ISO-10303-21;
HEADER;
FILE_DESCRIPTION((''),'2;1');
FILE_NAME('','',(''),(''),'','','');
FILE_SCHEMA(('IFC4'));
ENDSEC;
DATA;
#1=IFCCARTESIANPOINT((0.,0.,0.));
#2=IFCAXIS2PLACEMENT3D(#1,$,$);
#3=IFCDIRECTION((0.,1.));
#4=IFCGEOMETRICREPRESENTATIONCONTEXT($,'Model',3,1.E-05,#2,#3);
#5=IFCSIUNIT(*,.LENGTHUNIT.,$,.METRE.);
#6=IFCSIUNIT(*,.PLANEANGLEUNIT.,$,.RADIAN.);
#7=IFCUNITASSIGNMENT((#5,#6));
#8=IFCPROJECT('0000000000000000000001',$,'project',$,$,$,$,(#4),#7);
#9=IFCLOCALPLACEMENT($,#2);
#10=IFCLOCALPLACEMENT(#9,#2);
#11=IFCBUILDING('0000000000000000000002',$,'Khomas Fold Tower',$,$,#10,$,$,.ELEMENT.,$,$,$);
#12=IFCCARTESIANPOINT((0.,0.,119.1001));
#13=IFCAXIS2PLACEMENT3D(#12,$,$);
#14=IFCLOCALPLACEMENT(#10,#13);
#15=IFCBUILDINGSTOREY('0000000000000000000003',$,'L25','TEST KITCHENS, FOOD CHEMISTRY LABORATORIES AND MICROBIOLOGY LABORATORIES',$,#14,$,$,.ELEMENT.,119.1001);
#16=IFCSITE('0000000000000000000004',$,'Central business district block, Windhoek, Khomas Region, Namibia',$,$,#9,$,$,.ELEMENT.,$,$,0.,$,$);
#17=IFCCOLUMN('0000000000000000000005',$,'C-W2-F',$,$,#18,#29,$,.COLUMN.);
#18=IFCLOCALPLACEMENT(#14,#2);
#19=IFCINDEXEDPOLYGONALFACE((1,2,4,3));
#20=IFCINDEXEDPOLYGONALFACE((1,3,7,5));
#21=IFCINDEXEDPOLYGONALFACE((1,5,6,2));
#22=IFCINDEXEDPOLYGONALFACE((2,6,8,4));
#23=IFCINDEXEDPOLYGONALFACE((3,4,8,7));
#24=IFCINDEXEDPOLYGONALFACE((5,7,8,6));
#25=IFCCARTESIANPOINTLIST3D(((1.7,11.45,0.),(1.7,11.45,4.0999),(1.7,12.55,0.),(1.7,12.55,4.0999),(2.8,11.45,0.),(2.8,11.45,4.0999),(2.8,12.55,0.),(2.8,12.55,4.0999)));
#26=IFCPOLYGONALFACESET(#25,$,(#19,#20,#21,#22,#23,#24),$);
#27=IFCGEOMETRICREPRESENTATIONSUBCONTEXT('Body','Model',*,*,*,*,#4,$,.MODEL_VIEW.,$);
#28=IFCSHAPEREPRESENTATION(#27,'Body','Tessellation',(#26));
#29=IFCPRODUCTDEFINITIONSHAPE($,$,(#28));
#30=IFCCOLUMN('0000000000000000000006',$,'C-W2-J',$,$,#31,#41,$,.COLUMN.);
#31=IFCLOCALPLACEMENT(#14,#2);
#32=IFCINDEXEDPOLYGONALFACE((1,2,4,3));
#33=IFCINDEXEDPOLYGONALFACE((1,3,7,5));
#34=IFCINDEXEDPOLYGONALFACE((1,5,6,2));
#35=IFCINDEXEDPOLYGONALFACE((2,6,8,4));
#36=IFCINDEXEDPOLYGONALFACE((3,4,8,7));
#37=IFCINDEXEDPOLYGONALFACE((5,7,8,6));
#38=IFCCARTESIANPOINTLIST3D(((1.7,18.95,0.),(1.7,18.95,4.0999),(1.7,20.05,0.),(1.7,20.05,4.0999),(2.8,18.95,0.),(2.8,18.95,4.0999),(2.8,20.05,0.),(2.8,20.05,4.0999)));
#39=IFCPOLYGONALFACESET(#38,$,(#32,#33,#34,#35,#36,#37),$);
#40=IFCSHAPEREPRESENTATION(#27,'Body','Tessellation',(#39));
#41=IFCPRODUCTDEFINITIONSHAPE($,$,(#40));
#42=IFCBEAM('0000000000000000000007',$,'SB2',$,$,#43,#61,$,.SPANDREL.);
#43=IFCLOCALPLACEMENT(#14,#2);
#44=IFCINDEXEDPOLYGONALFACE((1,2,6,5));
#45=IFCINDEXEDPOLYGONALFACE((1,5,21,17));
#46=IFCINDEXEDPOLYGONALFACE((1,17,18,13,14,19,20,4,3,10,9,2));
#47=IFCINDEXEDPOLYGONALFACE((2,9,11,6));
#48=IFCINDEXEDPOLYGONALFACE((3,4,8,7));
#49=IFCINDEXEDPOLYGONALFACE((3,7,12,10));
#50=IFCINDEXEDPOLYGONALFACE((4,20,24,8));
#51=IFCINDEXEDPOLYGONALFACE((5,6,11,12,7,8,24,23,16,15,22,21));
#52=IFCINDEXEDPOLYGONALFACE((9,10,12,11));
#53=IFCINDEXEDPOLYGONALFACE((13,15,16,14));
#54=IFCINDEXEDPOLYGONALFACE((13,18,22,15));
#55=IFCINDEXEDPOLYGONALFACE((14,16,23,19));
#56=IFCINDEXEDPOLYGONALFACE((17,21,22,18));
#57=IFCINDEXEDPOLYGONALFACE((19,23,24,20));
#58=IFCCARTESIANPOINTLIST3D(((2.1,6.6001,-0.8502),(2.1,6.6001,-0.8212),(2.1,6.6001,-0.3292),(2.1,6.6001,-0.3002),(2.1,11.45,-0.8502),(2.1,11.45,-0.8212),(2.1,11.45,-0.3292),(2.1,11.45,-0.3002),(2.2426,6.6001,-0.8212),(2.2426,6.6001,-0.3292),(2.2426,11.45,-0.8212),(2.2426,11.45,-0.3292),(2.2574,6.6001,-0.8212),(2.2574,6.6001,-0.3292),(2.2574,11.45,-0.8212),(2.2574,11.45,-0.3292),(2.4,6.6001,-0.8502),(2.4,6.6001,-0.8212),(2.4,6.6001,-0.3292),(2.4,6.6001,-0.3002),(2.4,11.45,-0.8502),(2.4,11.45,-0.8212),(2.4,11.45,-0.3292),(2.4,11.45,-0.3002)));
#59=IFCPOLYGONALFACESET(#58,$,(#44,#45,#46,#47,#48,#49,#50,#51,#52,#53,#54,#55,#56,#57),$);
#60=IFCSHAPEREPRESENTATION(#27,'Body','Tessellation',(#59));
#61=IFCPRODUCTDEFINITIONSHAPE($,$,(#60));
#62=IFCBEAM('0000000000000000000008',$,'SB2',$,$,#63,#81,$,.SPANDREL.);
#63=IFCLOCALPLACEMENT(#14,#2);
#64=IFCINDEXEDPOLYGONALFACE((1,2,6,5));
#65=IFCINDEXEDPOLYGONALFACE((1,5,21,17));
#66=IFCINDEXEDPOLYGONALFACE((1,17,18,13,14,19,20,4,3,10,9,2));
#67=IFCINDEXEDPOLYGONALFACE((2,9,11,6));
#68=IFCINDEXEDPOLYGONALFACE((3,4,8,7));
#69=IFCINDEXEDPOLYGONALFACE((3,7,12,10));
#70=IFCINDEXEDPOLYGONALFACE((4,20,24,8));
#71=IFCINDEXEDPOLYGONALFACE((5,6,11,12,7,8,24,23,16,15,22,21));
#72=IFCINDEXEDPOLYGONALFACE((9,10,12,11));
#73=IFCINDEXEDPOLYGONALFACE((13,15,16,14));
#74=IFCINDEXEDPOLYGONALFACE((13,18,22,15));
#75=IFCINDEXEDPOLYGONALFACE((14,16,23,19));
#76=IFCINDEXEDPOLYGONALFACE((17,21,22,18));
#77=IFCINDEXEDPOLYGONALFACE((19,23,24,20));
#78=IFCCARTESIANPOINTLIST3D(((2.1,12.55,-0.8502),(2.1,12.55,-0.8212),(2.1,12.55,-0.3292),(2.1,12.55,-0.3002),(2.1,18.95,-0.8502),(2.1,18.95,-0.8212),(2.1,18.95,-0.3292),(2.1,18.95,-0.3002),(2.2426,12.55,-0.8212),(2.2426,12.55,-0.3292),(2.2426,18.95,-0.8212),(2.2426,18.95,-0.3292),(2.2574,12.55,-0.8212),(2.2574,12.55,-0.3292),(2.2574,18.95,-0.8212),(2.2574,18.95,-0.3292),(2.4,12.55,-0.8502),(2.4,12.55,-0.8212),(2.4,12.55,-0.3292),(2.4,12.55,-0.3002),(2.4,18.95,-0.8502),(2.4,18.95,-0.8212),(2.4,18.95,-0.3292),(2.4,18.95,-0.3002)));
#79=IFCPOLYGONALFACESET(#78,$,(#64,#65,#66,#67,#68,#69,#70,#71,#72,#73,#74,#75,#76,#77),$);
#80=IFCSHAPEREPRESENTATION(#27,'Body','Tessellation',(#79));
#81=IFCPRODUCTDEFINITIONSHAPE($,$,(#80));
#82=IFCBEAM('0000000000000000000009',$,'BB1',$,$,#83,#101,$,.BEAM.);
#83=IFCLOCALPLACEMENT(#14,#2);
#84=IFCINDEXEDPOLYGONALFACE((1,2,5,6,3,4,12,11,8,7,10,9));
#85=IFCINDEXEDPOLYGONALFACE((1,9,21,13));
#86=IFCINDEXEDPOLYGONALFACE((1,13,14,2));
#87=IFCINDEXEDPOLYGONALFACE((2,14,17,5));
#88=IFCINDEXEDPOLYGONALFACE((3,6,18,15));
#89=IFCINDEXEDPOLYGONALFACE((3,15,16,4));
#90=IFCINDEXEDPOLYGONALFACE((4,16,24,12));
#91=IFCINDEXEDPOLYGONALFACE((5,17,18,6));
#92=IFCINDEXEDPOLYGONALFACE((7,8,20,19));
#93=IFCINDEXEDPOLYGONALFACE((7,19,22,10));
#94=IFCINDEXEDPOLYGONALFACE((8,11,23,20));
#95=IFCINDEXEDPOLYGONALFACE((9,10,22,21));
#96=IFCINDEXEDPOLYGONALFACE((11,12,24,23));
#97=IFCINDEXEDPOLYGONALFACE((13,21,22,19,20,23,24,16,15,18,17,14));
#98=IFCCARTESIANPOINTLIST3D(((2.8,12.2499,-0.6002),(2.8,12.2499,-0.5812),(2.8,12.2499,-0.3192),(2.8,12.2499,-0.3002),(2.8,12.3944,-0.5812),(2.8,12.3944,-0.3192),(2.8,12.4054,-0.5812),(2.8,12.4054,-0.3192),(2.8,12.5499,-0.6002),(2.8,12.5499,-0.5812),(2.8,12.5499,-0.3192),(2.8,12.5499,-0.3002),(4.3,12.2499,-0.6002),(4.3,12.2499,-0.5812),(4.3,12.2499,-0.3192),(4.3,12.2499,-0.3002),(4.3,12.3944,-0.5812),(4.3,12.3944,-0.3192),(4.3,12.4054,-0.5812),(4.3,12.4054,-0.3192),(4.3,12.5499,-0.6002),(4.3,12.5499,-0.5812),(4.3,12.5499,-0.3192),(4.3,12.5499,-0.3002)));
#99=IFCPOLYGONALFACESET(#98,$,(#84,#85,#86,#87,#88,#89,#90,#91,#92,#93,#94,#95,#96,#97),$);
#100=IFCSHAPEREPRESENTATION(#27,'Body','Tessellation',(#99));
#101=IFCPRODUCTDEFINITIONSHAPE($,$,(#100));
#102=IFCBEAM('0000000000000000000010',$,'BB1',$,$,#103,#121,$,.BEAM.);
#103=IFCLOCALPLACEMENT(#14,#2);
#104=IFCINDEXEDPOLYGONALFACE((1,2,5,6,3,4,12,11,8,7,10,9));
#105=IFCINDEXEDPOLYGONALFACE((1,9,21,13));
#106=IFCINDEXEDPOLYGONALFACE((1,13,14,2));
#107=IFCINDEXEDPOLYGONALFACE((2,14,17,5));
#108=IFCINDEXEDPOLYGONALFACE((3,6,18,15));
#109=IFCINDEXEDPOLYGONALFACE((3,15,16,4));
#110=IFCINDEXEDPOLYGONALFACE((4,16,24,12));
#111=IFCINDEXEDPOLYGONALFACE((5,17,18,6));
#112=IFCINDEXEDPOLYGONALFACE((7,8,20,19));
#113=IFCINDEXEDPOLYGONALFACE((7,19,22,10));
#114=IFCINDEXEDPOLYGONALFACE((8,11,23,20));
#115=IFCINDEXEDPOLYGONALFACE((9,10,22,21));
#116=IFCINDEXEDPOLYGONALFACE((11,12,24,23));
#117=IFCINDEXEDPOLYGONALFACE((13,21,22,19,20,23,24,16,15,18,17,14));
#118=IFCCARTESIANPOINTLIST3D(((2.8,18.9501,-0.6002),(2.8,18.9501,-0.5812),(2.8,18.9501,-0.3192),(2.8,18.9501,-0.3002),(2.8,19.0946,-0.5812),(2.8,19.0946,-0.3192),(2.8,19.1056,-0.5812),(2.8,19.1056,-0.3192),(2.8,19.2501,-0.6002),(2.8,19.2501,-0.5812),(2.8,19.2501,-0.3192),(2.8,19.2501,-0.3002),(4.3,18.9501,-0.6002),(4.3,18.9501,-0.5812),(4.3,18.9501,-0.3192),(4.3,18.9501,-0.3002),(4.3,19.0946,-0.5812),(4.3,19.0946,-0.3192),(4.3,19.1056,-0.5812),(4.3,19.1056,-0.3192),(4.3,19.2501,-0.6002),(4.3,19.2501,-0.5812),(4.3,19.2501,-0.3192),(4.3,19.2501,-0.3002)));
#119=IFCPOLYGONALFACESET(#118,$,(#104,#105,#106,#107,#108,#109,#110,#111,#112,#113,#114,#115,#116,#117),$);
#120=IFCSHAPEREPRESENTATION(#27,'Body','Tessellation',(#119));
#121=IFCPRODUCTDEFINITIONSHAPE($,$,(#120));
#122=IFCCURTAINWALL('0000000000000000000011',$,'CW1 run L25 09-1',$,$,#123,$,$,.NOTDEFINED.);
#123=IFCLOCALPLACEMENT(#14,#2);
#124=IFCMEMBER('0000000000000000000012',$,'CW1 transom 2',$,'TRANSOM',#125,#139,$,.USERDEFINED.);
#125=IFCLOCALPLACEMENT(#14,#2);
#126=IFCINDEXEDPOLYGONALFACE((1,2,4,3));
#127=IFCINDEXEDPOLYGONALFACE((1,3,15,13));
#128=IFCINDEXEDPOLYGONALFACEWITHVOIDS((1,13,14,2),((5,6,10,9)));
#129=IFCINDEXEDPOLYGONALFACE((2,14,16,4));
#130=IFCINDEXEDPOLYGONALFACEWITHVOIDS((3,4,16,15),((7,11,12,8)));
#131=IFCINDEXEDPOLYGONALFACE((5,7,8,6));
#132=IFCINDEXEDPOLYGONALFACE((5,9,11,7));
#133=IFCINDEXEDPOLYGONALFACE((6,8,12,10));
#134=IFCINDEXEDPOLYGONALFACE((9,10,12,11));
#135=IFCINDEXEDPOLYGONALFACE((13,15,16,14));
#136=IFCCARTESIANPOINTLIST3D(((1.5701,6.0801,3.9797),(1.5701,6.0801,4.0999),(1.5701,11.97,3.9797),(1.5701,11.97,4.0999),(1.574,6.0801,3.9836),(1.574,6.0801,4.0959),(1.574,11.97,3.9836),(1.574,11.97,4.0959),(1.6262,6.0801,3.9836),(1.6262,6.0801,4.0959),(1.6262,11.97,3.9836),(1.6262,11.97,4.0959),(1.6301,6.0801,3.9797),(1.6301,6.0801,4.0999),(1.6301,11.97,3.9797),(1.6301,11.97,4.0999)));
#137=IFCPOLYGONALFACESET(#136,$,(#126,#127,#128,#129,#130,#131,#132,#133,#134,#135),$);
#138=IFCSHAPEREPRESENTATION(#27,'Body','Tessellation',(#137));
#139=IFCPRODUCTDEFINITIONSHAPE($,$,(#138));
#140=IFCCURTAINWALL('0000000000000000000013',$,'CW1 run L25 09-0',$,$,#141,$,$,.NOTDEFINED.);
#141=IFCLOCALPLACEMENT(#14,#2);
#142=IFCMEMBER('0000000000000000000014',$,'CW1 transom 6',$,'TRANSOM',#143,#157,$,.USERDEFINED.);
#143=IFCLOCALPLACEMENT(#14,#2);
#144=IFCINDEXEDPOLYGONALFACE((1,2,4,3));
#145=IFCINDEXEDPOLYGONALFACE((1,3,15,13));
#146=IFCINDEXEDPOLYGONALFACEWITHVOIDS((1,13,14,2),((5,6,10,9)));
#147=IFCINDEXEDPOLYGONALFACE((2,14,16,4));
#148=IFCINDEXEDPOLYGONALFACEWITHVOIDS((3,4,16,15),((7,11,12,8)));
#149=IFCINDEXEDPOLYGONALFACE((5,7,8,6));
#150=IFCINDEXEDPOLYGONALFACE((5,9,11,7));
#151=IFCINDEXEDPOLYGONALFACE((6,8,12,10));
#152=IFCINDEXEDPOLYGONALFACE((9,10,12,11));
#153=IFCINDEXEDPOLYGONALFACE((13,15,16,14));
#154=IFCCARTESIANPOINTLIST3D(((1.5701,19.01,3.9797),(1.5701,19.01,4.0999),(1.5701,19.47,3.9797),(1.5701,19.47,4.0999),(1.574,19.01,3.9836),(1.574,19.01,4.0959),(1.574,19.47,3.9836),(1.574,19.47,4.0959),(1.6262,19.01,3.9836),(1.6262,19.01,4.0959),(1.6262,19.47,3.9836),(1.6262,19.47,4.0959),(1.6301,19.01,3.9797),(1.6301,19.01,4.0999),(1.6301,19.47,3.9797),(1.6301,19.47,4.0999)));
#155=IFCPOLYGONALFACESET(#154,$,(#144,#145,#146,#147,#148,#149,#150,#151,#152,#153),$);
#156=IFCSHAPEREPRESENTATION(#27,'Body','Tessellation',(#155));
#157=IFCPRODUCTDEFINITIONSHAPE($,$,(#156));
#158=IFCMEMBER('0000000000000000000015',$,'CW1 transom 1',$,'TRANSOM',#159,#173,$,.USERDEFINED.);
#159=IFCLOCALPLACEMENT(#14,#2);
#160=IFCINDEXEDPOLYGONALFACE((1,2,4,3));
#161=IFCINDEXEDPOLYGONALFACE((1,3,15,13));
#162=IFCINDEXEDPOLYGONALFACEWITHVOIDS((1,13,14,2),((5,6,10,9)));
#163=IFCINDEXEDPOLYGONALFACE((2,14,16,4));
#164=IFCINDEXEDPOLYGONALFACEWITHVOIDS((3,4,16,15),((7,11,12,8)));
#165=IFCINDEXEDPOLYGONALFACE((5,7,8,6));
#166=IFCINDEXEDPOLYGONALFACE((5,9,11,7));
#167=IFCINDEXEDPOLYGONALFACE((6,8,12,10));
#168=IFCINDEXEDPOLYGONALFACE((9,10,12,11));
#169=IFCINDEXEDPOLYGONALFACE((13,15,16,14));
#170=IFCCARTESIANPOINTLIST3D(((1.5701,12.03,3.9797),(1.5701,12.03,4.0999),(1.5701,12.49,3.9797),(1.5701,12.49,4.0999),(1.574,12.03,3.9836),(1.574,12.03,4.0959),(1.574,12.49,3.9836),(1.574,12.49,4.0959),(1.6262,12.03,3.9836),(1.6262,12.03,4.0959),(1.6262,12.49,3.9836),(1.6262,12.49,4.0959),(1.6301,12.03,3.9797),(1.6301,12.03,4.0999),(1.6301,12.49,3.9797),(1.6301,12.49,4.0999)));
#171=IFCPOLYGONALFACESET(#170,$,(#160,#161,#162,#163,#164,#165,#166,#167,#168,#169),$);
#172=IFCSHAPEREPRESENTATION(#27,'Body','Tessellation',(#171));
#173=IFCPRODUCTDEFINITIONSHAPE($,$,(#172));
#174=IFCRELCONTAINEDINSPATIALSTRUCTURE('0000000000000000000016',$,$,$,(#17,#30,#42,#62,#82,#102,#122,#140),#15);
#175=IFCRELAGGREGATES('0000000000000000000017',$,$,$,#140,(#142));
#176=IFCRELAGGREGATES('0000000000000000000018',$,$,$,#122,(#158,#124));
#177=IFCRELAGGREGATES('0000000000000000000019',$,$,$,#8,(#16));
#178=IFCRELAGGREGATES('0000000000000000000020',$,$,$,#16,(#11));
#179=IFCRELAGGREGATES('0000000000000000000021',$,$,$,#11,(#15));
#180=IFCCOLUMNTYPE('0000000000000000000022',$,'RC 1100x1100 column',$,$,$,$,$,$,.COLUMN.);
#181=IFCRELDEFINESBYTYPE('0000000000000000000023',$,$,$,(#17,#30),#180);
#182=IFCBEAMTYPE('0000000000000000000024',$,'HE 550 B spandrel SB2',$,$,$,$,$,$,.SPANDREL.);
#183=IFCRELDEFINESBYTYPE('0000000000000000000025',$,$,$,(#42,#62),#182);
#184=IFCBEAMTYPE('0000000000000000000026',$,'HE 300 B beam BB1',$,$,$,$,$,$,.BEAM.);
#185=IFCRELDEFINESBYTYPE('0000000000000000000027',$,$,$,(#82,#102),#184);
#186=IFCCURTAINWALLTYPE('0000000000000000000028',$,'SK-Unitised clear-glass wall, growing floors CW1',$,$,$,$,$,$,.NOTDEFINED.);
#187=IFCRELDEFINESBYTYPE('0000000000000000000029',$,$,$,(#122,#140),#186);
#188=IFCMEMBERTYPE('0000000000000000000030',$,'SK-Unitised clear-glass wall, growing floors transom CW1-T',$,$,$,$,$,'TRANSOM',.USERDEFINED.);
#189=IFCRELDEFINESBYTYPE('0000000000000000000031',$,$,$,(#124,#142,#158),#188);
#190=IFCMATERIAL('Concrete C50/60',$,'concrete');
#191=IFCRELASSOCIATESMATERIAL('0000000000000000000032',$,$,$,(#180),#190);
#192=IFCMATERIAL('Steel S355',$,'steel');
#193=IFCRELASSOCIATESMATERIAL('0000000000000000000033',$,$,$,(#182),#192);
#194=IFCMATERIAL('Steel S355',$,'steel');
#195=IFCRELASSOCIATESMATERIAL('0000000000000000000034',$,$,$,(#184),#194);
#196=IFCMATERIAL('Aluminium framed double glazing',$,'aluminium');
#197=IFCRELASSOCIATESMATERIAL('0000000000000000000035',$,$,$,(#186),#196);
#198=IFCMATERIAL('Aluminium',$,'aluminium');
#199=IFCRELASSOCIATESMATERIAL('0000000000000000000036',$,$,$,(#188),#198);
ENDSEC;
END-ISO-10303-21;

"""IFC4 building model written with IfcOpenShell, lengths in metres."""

from ifc_helpers import new_model, si_unit, direction, frame, origin, origin_2d, place, context, subcontext, project, spatial, rectangle, hollow_rectangle, i_section, extrude, source, transform, mapped, material, material_profile, profile_set, type_object, element, aggregate, save


model = new_model("IFC4")

# Units and contexts
model_context = context("Model", 3, precision=1e-05, world=origin(), true_north=direction((0.0, 1.0)))
body_context = subcontext(model_context, "Body", "Model", "MODEL_VIEW")
ifc_project = project(units=[si_unit("LENGTHUNIT", "METRE"), si_unit("PLANEANGLEUNIT", "RADIAN")], contexts=[model_context])

# Site, building, storey
site_placement = place(None, origin())
site = spatial("IfcSite", under=ifc_project, at=site_placement, Name="Central business district block, Windhoek, Khomas Region, Namibia", CompositionType="ELEMENT", RefElevation=0.0)
building_placement = place(site_placement, origin())
building = spatial("IfcBuilding", under=site, at=building_placement, Name="Khomas Fold Tower", CompositionType="ELEMENT")
storey_placement = place(building_placement, frame((0.0, 0.0, 119.1001)))
storey = spatial("IfcBuildingStorey", under=building, at=storey_placement, Name="L25", Description="TEST KITCHENS, FOOD CHEMISTRY LABORATORIES AND MICROBIOLOGY LABORATORIES", CompositionType="ELEMENT", Elevation=119.1001)

# Columns
ifc_material_1 = material(Name="Concrete C50/60", Category="concrete")
ifc_material_profile_1 = material_profile(ifc_material_1, rectangle(XDim=1.1001, YDim=1.1001, at=origin_2d()), Name="RC 1100x1100")
ifc_profile_set_1 = profile_set([ifc_material_profile_1], Name="Concrete C50/60")
column_type = type_object("IfcColumnType", Name="RC 1100x1100 column", PredefinedType="COLUMN", material=ifc_profile_set_1)
shared_shape_1 = source(origin(), body_context, "Body", "SweptSolid", [
    extrude(rectangle(XDim=1.1001, YDim=1.1001, at=origin_2d()), origin(), (0.0, 0.0, 1.0), 4.0999),
])
for number, where, z_axis, x_axis, name in (
    (1, (2.25, 12.0, 0.0), (0.0, 0.0, 1.0), (1.0, 0.0, 0.0), "C-W2-F"),
    (2, (2.25, 19.5, 0.0), (0.0, 0.0, 1.0), (1.0, 0.0, 0.0), "C-W2-J"),
):
    element("IfcColumn", number, at=place(storey_placement, frame(where, z_axis=z_axis, x_axis=x_axis)), inside=storey, type_object=column_type, Name=name, PredefinedType="COLUMN", context=body_context, shape_type="MappedRepresentation", body=[
        mapped(shared_shape_1, transform((0.0, 0.0, 0.0))),
    ])

# Beams
ifc_material_2 = material(Name="Steel S355", Category="steel")
ifc_material_profile_2 = material_profile(ifc_material_2, i_section(OverallWidth=0.3, OverallDepth=0.55, WebThickness=0.0149, FlangeThickness=0.0291, at=origin_2d()), Name="HE 550 B")
ifc_profile_set_2 = profile_set([ifc_material_profile_2], Name="Steel S355")
beam_type_1 = type_object("IfcBeamType", Name="HE 550 B spandrel SB2", PredefinedType="SPANDREL", material=ifc_profile_set_2)
shared_shape_2 = source(origin(), body_context, "Body", "SweptSolid", [
    extrude(i_section(OverallWidth=0.3, OverallDepth=0.55, WebThickness=0.0149, FlangeThickness=0.0291, at=origin_2d()), origin(), (0.0, 0.0, 1.0), 4.8499),
])
beam_1_placement = place(storey_placement, frame((2.25, 6.6001, -0.5752), z_axis=(0.0, 1.0, 0.0), x_axis=(-1.0, 0.0, 0.0)))
element("IfcBeam", 3, at=beam_1_placement, inside=storey, type_object=beam_type_1, Name="SB2", PredefinedType="SPANDREL", context=body_context, shape_type="MappedRepresentation", body=[
    mapped(shared_shape_2, transform((0.0, 0.0, 0.0))),
])
shared_shape_3 = source(origin(), body_context, "Body", "SweptSolid", [
    extrude(i_section(OverallWidth=0.3, OverallDepth=0.55, WebThickness=0.0149, FlangeThickness=0.0291, at=origin_2d()), origin(), (0.0, 0.0, 1.0), 6.3999),
])
beam_2_placement = place(storey_placement, frame((2.25, 12.55, -0.5752), z_axis=(0.0, 1.0, 0.0), x_axis=(-1.0, 0.0, 0.0)))
element("IfcBeam", 4, at=beam_2_placement, inside=storey, type_object=beam_type_1, Name="SB2", PredefinedType="SPANDREL", context=body_context, shape_type="MappedRepresentation", body=[
    mapped(shared_shape_3, transform((0.0, 0.0, 0.0))),
])
ifc_material_3 = material(Name="Steel S355", Category="steel")
ifc_material_profile_3 = material_profile(ifc_material_3, i_section(OverallWidth=0.3, OverallDepth=0.3, WebThickness=0.011, FlangeThickness=0.019, at=origin_2d()), Name="HE 300 B")
ifc_profile_set_3 = profile_set([ifc_material_profile_3], Name="Steel S355")
beam_type_2 = type_object("IfcBeamType", Name="HE 300 B beam BB1", PredefinedType="BEAM", material=ifc_profile_set_3)
shared_shape_4 = source(origin(), body_context, "Body", "SweptSolid", [
    extrude(i_section(OverallWidth=0.3, OverallDepth=0.3, WebThickness=0.011, FlangeThickness=0.019, at=origin_2d()), origin(), (0.0, 0.0, 1.0), 1.5),
])
for number, where, z_axis, x_axis, name in (
    (5, (2.8, 12.3999, -0.4502), (1.0, 0.0, 0.0), (0.0, 1.0, 0.0), "BB1"),
    (6, (2.8, 19.1001, -0.4502), (1.0, 0.0, 0.0), (0.0, 1.0, 0.0), "BB1"),
):
    element("IfcBeam", number, at=place(storey_placement, frame(where, z_axis=z_axis, x_axis=x_axis)), inside=storey, type_object=beam_type_2, Name=name, PredefinedType="BEAM", context=body_context, shape_type="MappedRepresentation", body=[
        mapped(shared_shape_4, transform((0.0, 0.0, 0.0))),
    ])

# Curtain walls, members
ifc_material_4 = material(Name="Aluminium framed double glazing", Category="aluminium")
curtain_wall_type = type_object("IfcCurtainWallType", Name="SK-Unitised clear-glass wall, growing floors CW1", PredefinedType="NOTDEFINED", material=ifc_material_4)
curtain_wall_1_placement = place(storey_placement, origin())
curtain_wall_1 = element("IfcCurtainWall", 7, at=curtain_wall_1_placement, inside=storey, type_object=curtain_wall_type, Name="CW1 run L25 09-1", PredefinedType="NOTDEFINED")
ifc_material_5 = material(Name="Aluminium", Category="aluminium")
ifc_material_profile_4 = material_profile(ifc_material_5, hollow_rectangle(XDim=0.0601, YDim=0.1201, WallThickness=0.0039, at=origin_2d()), Name="SK-Unitised clear-glass wall, growing floors transom CW1-T")
ifc_profile_set_4 = profile_set([ifc_material_profile_4], Name="Aluminium")
member_type_1 = type_object("IfcMemberType", Name="SK-Unitised clear-glass wall, growing floors transom CW1-T", ElementType="TRANSOM", PredefinedType="USERDEFINED", material=ifc_profile_set_4)
shared_shape_5 = source(origin(), body_context, "Body", "SweptSolid", [
    extrude(hollow_rectangle(XDim=0.0601, YDim=0.1201, WallThickness=0.0039, at=origin_2d()), origin(), (0.0, 0.0, 1.0), 5.8899),
])
member_1_placement = place(storey_placement, frame((1.6001, 11.97, 4.0398), z_axis=(0.0, -1.0, 0.0), x_axis=(1.0, 0.0, 0.0)))
member_1 = element("IfcMember", 8, at=member_1_placement, type_object=member_type_1, Name="CW1 transom 2", ObjectType="TRANSOM", PredefinedType="USERDEFINED", context=body_context, shape_type="MappedRepresentation", body=[
    mapped(shared_shape_5, transform((0.0, 0.0, 0.0))),
])
curtain_wall_2_placement = place(storey_placement, origin())
curtain_wall_2 = element("IfcCurtainWall", 9, at=curtain_wall_2_placement, inside=storey, type_object=curtain_wall_type, Name="CW1 run L25 09-0", PredefinedType="NOTDEFINED")
shared_shape_6 = source(origin(), body_context, "Body", "SweptSolid", [
    extrude(hollow_rectangle(XDim=0.0601, YDim=0.1201, WallThickness=0.0039, at=origin_2d()), origin(), (0.0, 0.0, 1.0), 0.46),
])
member_2_placement = place(storey_placement, frame((1.6001, 19.47, 4.0398), z_axis=(0.0, -1.0, 0.0), x_axis=(1.0, 0.0, 0.0)))
member_2 = element("IfcMember", 10, at=member_2_placement, type_object=member_type_1, Name="CW1 transom 6", ObjectType="TRANSOM", PredefinedType="USERDEFINED", context=body_context, shape_type="MappedRepresentation", body=[
    mapped(shared_shape_6, transform((0.0, 0.0, 0.0))),
])

# Member
member_3_placement = place(storey_placement, frame((1.6001, 12.49, 4.0398), z_axis=(0.0, -1.0, 0.0), x_axis=(1.0, 0.0, 0.0)))
member_3 = element("IfcMember", 11, at=member_3_placement, type_object=member_type_1, Name="CW1 transom 1", ObjectType="TRANSOM", PredefinedType="USERDEFINED", context=body_context, shape_type="MappedRepresentation", body=[
    mapped(shared_shape_6, transform((0.0, 0.0, 0.0))),
])

aggregate(curtain_wall_2, [member_2])
aggregate(curtain_wall_1, [member_3, member_1])

save(model, "model.ifc")
